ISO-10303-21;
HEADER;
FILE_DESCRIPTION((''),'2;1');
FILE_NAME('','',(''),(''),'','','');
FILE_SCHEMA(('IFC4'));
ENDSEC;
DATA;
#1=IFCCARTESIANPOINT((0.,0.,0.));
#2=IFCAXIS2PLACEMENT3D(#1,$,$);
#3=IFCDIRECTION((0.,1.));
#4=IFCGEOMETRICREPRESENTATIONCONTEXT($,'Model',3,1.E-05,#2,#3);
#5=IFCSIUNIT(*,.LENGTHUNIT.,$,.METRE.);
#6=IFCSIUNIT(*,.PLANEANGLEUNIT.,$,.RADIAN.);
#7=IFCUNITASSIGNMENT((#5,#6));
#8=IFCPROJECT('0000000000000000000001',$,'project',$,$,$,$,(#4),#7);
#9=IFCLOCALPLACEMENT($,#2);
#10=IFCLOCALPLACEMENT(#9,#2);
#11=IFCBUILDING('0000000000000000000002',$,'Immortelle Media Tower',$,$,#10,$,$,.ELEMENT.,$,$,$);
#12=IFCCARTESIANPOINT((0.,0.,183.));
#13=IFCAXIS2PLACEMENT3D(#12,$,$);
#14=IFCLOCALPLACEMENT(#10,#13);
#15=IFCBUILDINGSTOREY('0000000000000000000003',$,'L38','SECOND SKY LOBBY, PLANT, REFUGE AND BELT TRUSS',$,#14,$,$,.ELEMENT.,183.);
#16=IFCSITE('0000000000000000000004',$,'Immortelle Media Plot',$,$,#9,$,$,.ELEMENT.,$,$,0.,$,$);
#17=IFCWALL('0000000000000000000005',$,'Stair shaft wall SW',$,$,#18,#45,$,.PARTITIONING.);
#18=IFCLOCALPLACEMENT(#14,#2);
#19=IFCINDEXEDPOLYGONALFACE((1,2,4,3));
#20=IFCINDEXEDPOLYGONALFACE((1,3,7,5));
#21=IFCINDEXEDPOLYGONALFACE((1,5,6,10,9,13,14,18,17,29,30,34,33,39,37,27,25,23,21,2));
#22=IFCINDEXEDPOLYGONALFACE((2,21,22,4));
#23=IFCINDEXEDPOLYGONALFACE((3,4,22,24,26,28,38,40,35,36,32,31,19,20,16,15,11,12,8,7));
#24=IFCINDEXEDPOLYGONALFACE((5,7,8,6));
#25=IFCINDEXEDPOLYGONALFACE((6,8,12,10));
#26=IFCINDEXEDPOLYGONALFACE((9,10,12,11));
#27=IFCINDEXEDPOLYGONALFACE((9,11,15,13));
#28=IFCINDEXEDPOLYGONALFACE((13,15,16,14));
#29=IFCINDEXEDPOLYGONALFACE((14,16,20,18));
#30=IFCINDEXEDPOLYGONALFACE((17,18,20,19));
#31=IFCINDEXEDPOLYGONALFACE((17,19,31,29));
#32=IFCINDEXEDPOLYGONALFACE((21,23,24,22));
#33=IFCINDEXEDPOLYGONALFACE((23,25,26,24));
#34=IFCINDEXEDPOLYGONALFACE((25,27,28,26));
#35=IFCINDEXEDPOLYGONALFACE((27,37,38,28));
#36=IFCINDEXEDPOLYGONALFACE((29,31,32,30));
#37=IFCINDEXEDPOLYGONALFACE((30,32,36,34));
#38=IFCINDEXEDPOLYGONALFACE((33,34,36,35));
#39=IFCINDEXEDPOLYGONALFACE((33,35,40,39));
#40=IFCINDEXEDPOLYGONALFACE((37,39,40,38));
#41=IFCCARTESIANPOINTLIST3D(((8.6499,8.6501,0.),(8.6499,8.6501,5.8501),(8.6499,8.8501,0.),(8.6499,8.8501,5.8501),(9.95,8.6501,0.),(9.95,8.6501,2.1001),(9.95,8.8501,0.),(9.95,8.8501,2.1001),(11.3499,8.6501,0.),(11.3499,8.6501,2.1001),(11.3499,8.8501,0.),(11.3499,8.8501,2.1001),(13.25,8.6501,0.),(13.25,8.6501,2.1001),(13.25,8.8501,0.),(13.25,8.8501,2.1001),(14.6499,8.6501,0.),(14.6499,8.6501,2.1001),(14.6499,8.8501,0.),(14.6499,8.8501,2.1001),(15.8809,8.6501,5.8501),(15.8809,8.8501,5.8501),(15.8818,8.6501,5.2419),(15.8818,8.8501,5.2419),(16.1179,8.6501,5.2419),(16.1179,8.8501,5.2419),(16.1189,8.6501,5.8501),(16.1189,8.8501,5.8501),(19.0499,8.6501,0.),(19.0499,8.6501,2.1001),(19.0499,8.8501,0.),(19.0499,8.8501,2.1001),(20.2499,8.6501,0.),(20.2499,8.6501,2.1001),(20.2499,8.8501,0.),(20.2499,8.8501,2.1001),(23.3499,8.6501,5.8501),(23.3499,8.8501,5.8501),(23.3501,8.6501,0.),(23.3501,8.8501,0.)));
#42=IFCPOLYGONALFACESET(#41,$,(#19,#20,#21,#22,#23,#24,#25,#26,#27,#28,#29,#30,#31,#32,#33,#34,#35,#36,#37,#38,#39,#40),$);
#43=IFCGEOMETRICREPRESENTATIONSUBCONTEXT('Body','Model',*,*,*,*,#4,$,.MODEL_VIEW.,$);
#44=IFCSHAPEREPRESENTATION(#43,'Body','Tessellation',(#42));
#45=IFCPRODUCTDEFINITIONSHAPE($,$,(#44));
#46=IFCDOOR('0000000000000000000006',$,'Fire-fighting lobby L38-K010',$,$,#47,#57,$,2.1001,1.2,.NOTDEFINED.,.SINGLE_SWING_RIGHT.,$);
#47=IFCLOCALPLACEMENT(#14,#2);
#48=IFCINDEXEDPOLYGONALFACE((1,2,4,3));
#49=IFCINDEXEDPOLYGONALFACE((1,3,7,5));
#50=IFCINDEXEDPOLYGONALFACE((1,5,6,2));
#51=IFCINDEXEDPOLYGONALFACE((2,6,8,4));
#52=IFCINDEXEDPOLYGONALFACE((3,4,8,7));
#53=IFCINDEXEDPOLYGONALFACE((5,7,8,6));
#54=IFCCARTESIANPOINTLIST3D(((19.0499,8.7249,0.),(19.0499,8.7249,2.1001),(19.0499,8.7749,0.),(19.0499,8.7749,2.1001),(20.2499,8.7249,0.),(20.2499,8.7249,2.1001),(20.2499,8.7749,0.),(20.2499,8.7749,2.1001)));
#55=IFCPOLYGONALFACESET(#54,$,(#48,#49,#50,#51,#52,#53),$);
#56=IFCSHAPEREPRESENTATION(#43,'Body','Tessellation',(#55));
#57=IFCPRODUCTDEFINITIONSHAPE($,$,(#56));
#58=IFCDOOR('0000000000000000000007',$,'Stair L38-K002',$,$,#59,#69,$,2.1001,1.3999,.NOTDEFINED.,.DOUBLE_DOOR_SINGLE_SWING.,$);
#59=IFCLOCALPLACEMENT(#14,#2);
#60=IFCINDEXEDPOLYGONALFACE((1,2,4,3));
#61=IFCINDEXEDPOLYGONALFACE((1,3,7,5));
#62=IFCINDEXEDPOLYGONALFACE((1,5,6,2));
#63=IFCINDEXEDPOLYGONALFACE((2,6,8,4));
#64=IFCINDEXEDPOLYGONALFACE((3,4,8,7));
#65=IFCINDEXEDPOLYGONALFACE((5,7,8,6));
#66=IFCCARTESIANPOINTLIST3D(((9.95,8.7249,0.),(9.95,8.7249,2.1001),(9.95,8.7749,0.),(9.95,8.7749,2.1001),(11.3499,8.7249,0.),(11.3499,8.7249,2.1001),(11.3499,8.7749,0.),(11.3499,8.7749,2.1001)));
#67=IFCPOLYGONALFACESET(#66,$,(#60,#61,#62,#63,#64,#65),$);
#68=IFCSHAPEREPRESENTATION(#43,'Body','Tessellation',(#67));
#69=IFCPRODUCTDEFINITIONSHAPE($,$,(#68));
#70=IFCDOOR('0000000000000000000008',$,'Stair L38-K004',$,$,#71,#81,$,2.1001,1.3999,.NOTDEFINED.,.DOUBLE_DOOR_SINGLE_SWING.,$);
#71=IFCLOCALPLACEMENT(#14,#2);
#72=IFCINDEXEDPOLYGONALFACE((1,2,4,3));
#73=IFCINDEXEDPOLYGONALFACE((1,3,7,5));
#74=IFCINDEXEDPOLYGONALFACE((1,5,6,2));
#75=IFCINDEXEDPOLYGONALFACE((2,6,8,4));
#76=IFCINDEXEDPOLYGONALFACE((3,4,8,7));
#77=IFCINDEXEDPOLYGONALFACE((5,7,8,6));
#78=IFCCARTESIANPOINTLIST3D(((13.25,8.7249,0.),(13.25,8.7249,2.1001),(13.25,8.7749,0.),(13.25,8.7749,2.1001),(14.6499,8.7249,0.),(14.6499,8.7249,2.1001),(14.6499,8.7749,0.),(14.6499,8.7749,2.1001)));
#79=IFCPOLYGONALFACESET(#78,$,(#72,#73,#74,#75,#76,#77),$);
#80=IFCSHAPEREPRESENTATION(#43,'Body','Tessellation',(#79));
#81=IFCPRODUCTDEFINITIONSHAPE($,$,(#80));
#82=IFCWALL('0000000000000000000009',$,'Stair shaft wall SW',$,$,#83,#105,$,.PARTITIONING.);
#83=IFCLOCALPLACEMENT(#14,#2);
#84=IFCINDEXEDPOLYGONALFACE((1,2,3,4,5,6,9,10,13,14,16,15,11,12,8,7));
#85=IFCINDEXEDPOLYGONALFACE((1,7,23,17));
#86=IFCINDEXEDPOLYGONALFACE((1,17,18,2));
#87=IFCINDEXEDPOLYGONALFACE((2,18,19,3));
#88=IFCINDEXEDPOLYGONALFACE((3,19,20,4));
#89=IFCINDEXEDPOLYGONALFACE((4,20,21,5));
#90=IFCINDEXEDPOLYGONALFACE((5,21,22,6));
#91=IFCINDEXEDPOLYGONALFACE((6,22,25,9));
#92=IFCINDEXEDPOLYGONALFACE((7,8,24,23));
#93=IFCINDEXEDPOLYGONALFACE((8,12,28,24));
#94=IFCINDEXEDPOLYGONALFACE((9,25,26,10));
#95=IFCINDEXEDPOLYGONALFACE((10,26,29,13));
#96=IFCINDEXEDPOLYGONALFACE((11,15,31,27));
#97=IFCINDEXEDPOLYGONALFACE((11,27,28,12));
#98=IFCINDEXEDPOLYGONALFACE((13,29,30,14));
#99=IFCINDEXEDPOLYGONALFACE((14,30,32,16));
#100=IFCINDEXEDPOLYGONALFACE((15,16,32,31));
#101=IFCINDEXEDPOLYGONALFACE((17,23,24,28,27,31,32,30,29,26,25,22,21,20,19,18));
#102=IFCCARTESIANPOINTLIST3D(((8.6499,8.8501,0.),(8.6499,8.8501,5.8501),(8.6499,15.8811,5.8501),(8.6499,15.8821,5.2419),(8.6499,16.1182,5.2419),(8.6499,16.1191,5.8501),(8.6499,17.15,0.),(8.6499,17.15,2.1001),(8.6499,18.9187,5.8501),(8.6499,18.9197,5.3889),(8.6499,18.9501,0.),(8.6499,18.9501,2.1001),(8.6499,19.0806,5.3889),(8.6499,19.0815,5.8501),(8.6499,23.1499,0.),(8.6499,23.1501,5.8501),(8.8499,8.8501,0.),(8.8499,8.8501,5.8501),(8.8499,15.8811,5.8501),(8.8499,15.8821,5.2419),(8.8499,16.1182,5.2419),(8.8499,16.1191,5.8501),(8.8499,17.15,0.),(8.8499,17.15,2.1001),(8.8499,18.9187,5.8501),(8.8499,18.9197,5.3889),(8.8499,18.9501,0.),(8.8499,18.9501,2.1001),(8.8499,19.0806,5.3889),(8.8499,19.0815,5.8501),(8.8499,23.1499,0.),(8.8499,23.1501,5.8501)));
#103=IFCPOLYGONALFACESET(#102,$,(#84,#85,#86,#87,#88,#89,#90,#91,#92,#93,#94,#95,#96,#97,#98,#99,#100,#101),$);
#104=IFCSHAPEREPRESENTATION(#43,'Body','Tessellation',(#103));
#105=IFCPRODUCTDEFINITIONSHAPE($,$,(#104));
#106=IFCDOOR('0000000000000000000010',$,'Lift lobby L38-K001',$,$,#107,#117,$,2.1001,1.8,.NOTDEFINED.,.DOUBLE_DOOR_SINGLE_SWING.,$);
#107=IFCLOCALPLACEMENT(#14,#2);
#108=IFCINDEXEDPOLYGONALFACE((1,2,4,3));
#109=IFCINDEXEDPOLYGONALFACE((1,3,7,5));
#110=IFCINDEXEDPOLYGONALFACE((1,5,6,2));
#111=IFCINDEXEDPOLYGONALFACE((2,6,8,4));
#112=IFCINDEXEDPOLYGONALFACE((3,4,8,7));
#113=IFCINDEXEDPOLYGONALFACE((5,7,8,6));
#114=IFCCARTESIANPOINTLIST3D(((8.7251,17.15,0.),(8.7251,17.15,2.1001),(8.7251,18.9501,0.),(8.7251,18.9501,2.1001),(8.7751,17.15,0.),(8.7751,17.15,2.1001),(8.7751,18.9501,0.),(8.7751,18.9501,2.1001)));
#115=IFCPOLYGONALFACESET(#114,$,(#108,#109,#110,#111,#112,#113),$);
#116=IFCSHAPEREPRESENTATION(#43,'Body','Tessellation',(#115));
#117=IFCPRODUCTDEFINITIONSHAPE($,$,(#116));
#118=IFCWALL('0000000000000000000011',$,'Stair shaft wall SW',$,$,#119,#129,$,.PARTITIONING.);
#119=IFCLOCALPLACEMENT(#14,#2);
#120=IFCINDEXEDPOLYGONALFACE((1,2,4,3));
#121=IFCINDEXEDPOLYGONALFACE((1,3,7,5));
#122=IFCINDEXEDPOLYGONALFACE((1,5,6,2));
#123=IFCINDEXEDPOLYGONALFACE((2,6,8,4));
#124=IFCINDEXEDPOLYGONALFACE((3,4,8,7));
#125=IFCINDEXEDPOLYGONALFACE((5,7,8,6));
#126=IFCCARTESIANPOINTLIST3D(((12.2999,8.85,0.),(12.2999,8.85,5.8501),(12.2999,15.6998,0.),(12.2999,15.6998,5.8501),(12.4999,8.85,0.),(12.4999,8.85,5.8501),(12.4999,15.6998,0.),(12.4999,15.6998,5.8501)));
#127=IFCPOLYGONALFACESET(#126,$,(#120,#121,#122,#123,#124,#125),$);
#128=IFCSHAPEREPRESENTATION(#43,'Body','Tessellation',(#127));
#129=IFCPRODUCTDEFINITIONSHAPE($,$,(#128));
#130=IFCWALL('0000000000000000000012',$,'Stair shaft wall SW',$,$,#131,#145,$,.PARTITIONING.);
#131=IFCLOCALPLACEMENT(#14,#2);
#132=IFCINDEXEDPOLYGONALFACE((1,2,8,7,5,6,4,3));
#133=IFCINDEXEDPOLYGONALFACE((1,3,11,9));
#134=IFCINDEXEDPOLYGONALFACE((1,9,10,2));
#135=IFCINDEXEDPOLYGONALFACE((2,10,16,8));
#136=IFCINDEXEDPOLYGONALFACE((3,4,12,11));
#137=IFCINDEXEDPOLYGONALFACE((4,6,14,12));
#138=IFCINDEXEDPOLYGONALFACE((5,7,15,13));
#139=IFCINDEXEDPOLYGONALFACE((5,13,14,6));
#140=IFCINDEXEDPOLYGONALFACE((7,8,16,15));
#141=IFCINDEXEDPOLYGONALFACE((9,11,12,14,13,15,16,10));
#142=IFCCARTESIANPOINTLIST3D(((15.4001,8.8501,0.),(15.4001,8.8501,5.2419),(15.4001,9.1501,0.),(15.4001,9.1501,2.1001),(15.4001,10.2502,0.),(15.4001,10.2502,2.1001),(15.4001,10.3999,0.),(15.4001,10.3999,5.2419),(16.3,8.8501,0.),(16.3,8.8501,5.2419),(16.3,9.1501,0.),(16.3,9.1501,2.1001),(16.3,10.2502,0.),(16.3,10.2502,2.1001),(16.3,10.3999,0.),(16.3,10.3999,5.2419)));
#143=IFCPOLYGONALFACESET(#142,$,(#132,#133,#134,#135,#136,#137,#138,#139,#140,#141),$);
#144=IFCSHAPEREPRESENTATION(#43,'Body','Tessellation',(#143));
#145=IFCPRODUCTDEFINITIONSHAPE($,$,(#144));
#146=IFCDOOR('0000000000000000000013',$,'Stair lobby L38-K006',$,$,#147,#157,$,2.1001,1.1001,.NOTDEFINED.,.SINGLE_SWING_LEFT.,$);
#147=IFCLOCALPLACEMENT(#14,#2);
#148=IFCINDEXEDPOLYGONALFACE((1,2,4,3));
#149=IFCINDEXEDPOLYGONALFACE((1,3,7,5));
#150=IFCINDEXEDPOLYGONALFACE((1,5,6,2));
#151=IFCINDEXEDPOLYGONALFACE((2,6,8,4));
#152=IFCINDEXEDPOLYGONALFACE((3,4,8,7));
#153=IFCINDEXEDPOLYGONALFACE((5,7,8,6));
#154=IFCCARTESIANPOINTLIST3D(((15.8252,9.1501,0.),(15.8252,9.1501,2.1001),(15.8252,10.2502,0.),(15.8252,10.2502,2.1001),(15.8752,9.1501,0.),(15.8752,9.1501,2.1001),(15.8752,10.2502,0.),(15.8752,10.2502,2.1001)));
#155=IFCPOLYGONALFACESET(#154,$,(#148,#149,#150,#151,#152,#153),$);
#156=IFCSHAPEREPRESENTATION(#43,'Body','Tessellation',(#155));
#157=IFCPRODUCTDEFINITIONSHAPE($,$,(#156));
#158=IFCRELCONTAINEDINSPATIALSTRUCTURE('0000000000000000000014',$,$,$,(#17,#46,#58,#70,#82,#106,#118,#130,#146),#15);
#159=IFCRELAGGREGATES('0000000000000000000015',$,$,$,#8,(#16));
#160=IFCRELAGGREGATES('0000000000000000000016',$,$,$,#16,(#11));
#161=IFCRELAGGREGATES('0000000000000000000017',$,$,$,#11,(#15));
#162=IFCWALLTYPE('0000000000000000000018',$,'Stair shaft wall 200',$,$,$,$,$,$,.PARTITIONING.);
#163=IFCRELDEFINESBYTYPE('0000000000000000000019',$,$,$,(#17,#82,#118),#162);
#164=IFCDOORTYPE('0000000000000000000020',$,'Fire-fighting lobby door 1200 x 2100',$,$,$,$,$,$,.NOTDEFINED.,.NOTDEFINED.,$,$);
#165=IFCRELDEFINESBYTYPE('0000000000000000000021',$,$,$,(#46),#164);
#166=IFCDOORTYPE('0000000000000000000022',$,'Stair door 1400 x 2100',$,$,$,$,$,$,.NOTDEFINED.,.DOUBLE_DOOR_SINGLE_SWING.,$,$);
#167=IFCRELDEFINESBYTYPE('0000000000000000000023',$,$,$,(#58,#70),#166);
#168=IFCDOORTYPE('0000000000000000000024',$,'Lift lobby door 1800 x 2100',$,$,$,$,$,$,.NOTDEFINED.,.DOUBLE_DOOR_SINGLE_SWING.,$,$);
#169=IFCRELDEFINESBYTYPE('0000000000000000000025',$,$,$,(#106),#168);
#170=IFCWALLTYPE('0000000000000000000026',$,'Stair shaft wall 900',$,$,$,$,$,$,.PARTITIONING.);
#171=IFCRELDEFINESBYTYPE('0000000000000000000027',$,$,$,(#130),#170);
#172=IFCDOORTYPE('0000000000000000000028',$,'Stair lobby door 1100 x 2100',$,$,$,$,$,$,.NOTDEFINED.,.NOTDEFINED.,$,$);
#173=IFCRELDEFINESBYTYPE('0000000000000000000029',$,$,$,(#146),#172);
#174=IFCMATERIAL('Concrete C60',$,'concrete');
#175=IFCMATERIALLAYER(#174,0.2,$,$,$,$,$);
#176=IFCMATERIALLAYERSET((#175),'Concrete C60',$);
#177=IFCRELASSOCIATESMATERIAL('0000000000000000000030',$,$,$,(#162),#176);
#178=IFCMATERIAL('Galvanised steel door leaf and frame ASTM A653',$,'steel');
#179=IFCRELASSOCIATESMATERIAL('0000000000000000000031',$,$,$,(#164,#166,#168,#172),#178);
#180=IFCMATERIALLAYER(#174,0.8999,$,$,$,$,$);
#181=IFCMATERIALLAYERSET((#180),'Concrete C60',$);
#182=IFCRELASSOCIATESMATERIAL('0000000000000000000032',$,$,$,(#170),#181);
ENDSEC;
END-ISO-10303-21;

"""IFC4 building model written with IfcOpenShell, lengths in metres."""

from ifc_helpers import new_model, si_unit, direction, frame, frame_2d, origin, place, context, subcontext, project, spatial, polyline, rectangle, outline, extrude, material, layer, layer_set, type_object, element, fill, save


model = new_model("IFC4")

# Units and contexts
model_context = context("Model", 3, precision=1e-05, world=origin(), true_north=direction((0.0, 1.0)))
body_context = subcontext(model_context, "Body", "Model", "MODEL_VIEW")
ifc_project = project(units=[si_unit("LENGTHUNIT", "METRE"), si_unit("PLANEANGLEUNIT", "RADIAN")], contexts=[model_context])

# Site, building, storey
site_placement = place(None, origin())
site = spatial("IfcSite", under=ifc_project, at=site_placement, Name="Immortelle Media Plot", CompositionType="ELEMENT", RefElevation=0.0)
building_placement = place(site_placement, origin())
building = spatial("IfcBuilding", under=site, at=building_placement, Name="Immortelle Media Tower", CompositionType="ELEMENT")
storey_placement = place(building_placement, frame((0.0, 0.0, 183.0)))
storey = spatial("IfcBuildingStorey", under=building, at=storey_placement, Name="L38", Description="SECOND SKY LOBBY, PLANT, REFUGE AND BELT TRUSS", CompositionType="ELEMENT", Elevation=183.0)

# Shared definitions
ifc_material_1 = material(Name="Concrete C60", Category="concrete")

# Wall, openings, doors
ifc_layer_1 = layer(ifc_material_1, 0.2)
ifc_layer_set_1 = layer_set([ifc_layer_1], Name="Concrete C60")
wall_type_1 = type_object("IfcWallType", Name="Stair shaft wall 200", PredefinedType="PARTITIONING", material=ifc_layer_set_1)
wall_1_placement = place(storey_placement, frame((8.6499, 8.75, 0.0), z_axis=(0.0, 0.0, 1.0), x_axis=(1.0, 0.0, 0.0)))
wall_1 = element("IfcWall", 1, at=wall_1_placement, inside=storey, type_object=wall_type_1, Name="Stair shaft wall SW", PredefinedType="PARTITIONING", context=body_context, shape_type="SweptSolid", body=[
    extrude(outline(polyline([(0.0, 0.0), (14.7002, 0.0), (14.7, 5.8501), (7.469, 5.8501), (7.468, 5.2419), (7.2319, 5.2419), (7.231, 5.8501), (0.0, 5.8501), (0.0, 0.0)])), frame((0.0, 0.1001, 0.0), z_axis=(0.0, -1.0, 0.0), x_axis=(1.0, 0.0, 0.0)), (0.0, 0.0, 1.0), 0.2),
])
opening_1_placement = place(wall_1_placement, frame((1.3, 0.0, 0.0)))
opening_1 = element("IfcOpeningElement", 2, at=opening_1_placement, cuts=wall_1, PredefinedType="OPENING", context=body_context, shape_type="SweptSolid", body=[
    extrude(rectangle(XDim=1.3999, YDim=2.1001, at=frame_2d((0.7, 1.05))), frame((0.0, 0.1099, 0.0), z_axis=(0.0, -1.0, 0.0), x_axis=(1.0, 0.0, 0.0)), (0.0, 0.0, 1.0), 0.22),
])
opening_2_placement = place(wall_1_placement, frame((4.6001, 0.0, 0.0)))
opening_2 = element("IfcOpeningElement", 3, at=opening_2_placement, cuts=wall_1, PredefinedType="OPENING", context=body_context, shape_type="SweptSolid", body=[
    extrude(rectangle(XDim=1.3999, YDim=2.1001, at=frame_2d((0.7, 1.05))), frame((0.0, 0.1099, 0.0), z_axis=(0.0, -1.0, 0.0), x_axis=(1.0, 0.0, 0.0)), (0.0, 0.0, 1.0), 0.22),
])
opening_3_placement = place(wall_1_placement, frame((10.3999, 0.0, 0.0)))
opening_3 = element("IfcOpeningElement", 4, at=opening_3_placement, cuts=wall_1, PredefinedType="OPENING", context=body_context, shape_type="SweptSolid", body=[
    extrude(rectangle(XDim=1.2, YDim=2.1001, at=frame_2d((0.6001, 1.05))), frame((0.0, 0.1099, 0.0), z_axis=(0.0, -1.0, 0.0), x_axis=(1.0, 0.0, 0.0)), (0.0, 0.0, 1.0), 0.22),
])
ifc_material_2 = material(Name="Galvanised steel door leaf and frame ASTM A653", Category="steel")
door_type_1 = type_object("IfcDoorType", Name="Fire-fighting lobby door 1200 x 2100", OperationType="NOTDEFINED", PredefinedType="NOTDEFINED", material=ifc_material_2)
door_1_placement = place(opening_3_placement, origin())
door_1 = element("IfcDoor", 5, at=door_1_placement, inside=storey, type_object=door_type_1, Name="Fire-fighting lobby L38-K010", OperationType="SINGLE_SWING_RIGHT", OverallHeight=2.1001, OverallWidth=1.2, PredefinedType="NOTDEFINED", context=body_context, shape_type="SweptSolid", body=[
    extrude(rectangle(XDim=1.2, YDim=2.1001, at=frame_2d((0.6001, 1.05))), frame((0.0, 0.0249, 0.0), z_axis=(0.0, -1.0, 0.0), x_axis=(1.0, 0.0, 0.0)), (0.0, 0.0, 1.0), 0.05),
])
fill(opening_3, door_1)
door_type_2 = type_object("IfcDoorType", Name="Stair door 1400 x 2100", OperationType="DOUBLE_DOOR_SINGLE_SWING", PredefinedType="NOTDEFINED", material=ifc_material_2)
door_2_placement = place(opening_1_placement, origin())
door_2 = element("IfcDoor", 6, at=door_2_placement, inside=storey, type_object=door_type_2, Name="Stair L38-K002", OperationType="DOUBLE_DOOR_SINGLE_SWING", OverallHeight=2.1001, OverallWidth=1.3999, PredefinedType="NOTDEFINED", context=body_context, shape_type="SweptSolid", body=[
    extrude(rectangle(XDim=1.3999, YDim=2.1001, at=frame_2d((0.7, 1.05))), frame((0.0, 0.0249, 0.0), z_axis=(0.0, -1.0, 0.0), x_axis=(1.0, 0.0, 0.0)), (0.0, 0.0, 1.0), 0.05),
])
fill(opening_1, door_2)
door_3_placement = place(opening_2_placement, origin())
door_3 = element("IfcDoor", 7, at=door_3_placement, inside=storey, type_object=door_type_2, Name="Stair L38-K004", OperationType="DOUBLE_DOOR_SINGLE_SWING", OverallHeight=2.1001, OverallWidth=1.3999, PredefinedType="NOTDEFINED", context=body_context, shape_type="SweptSolid", body=[
    extrude(rectangle(XDim=1.3999, YDim=2.1001, at=frame_2d((0.7, 1.05))), frame((0.0, 0.0249, 0.0), z_axis=(0.0, -1.0, 0.0), x_axis=(1.0, 0.0, 0.0)), (0.0, 0.0, 1.0), 0.05),
])
fill(opening_2, door_3)

# Wall, opening, door
wall_2_placement = place(storey_placement, frame((8.75, 8.8501, 0.0), z_axis=(0.0, 0.0, 1.0), x_axis=(0.0, 1.0, 0.0)))
wall_2 = element("IfcWall", 8, at=wall_2_placement, inside=storey, type_object=wall_type_1, Name="Stair shaft wall SW", PredefinedType="PARTITIONING", context=body_context, shape_type="SweptSolid", body=[
    extrude(outline(polyline([(0.0, 0.0), (14.2998, 0.0), (14.3, 5.8501), (10.2314, 5.8501), (10.2305, 5.3889), (10.0696, 5.3889), (10.0686, 5.8501), (7.269, 5.8501), (7.2681, 5.2419), (7.032, 5.2419), (7.031, 5.8501), (0.0, 5.8501), (0.0, 0.0)])), frame((0.0, 0.1001, 0.0), z_axis=(0.0, -1.0, 0.0), x_axis=(1.0, 0.0, 0.0)), (0.0, 0.0, 1.0), 0.2),
])
opening_4_placement = place(wall_2_placement, frame((8.3, 0.0, 0.0)))
opening_4 = element("IfcOpeningElement", 9, at=opening_4_placement, cuts=wall_2, PredefinedType="OPENING", context=body_context, shape_type="SweptSolid", body=[
    extrude(rectangle(XDim=1.8, YDim=2.1001, at=frame_2d((0.8999, 1.05))), frame((0.0, 0.1099, 0.0), z_axis=(0.0, -1.0, 0.0), x_axis=(1.0, 0.0, 0.0)), (0.0, 0.0, 1.0), 0.22),
])
door_type_3 = type_object("IfcDoorType", Name="Lift lobby door 1800 x 2100", OperationType="DOUBLE_DOOR_SINGLE_SWING", PredefinedType="NOTDEFINED", material=ifc_material_2)
door_4_placement = place(opening_4_placement, origin())
door_4 = element("IfcDoor", 10, at=door_4_placement, inside=storey, type_object=door_type_3, Name="Lift lobby L38-K001", OperationType="DOUBLE_DOOR_SINGLE_SWING", OverallHeight=2.1001, OverallWidth=1.8, PredefinedType="NOTDEFINED", context=body_context, shape_type="SweptSolid", body=[
    extrude(rectangle(XDim=1.8, YDim=2.1001, at=frame_2d((0.8999, 1.05))), frame((0.0, 0.0249, 0.0), z_axis=(0.0, -1.0, 0.0), x_axis=(1.0, 0.0, 0.0)), (0.0, 0.0, 1.0), 0.05),
])
fill(opening_4, door_4)

# Wall
wall_3_placement = place(storey_placement, frame((12.3999, 8.8501, 0.0), z_axis=(0.0, 0.0, 1.0), x_axis=(0.0, 1.0, 0.0)))
element("IfcWall", 11, at=wall_3_placement, inside=storey, type_object=wall_type_1, Name="Stair shaft wall SW", PredefinedType="PARTITIONING", context=body_context, shape_type="SweptSolid", body=[
    extrude(rectangle(XDim=6.8499, YDim=0.2, at=frame_2d((3.4248, 0.0))), origin(), (0.0, 0.0, 1.0), 5.8501),
])

# Wall, opening, door
ifc_layer_2 = layer(ifc_material_1, 0.8999)
ifc_layer_set_2 = layer_set([ifc_layer_2], Name="Concrete C60")
wall_type_2 = type_object("IfcWallType", Name="Stair shaft wall 900", PredefinedType="PARTITIONING", material=ifc_layer_set_2)
wall_4_placement = place(storey_placement, frame((15.8501, 8.8501, 0.0), z_axis=(0.0, 0.0, 1.0), x_axis=(0.0, 1.0, 0.0)))
wall_4 = element("IfcWall", 12, at=wall_4_placement, inside=storey, type_object=wall_type_2, Name="Stair shaft wall SW", PredefinedType="PARTITIONING", context=body_context, shape_type="SweptSolid", body=[
    extrude(rectangle(XDim=1.5498, YDim=0.8999, at=frame_2d((0.7749, 0.0))), origin(), (0.0, 0.0, 1.0), 5.2419),
])
opening_5_placement = place(wall_4_placement, frame((0.3, 0.0, 0.0)))
opening_5 = element("IfcOpeningElement", 13, at=opening_5_placement, cuts=wall_4, PredefinedType="OPENING", context=body_context, shape_type="SweptSolid", body=[
    extrude(rectangle(XDim=1.1001, YDim=2.1001, at=frame_2d((0.55, 1.05))), frame((0.0, 0.46, 0.0), z_axis=(0.0, -1.0, 0.0), x_axis=(1.0, 0.0, 0.0)), (0.0, 0.0, 1.0), 0.9199),
])
door_type_4 = type_object("IfcDoorType", Name="Stair lobby door 1100 x 2100", OperationType="NOTDEFINED", PredefinedType="NOTDEFINED", material=ifc_material_2)
door_5_placement = place(opening_5_placement, origin())
door_5 = element("IfcDoor", 14, at=door_5_placement, inside=storey, type_object=door_type_4, Name="Stair lobby L38-K006", OperationType="SINGLE_SWING_LEFT", OverallHeight=2.1001, OverallWidth=1.1001, PredefinedType="NOTDEFINED", context=body_context, shape_type="SweptSolid", body=[
    extrude(rectangle(XDim=1.1001, YDim=2.1001, at=frame_2d((0.55, 1.05))), frame((0.0, 0.0249, 0.0), z_axis=(0.0, -1.0, 0.0), x_axis=(1.0, 0.0, 0.0)), (0.0, 0.0, 1.0), 0.05),
])
fill(opening_5, door_5)

save(model, "model.ifc")
